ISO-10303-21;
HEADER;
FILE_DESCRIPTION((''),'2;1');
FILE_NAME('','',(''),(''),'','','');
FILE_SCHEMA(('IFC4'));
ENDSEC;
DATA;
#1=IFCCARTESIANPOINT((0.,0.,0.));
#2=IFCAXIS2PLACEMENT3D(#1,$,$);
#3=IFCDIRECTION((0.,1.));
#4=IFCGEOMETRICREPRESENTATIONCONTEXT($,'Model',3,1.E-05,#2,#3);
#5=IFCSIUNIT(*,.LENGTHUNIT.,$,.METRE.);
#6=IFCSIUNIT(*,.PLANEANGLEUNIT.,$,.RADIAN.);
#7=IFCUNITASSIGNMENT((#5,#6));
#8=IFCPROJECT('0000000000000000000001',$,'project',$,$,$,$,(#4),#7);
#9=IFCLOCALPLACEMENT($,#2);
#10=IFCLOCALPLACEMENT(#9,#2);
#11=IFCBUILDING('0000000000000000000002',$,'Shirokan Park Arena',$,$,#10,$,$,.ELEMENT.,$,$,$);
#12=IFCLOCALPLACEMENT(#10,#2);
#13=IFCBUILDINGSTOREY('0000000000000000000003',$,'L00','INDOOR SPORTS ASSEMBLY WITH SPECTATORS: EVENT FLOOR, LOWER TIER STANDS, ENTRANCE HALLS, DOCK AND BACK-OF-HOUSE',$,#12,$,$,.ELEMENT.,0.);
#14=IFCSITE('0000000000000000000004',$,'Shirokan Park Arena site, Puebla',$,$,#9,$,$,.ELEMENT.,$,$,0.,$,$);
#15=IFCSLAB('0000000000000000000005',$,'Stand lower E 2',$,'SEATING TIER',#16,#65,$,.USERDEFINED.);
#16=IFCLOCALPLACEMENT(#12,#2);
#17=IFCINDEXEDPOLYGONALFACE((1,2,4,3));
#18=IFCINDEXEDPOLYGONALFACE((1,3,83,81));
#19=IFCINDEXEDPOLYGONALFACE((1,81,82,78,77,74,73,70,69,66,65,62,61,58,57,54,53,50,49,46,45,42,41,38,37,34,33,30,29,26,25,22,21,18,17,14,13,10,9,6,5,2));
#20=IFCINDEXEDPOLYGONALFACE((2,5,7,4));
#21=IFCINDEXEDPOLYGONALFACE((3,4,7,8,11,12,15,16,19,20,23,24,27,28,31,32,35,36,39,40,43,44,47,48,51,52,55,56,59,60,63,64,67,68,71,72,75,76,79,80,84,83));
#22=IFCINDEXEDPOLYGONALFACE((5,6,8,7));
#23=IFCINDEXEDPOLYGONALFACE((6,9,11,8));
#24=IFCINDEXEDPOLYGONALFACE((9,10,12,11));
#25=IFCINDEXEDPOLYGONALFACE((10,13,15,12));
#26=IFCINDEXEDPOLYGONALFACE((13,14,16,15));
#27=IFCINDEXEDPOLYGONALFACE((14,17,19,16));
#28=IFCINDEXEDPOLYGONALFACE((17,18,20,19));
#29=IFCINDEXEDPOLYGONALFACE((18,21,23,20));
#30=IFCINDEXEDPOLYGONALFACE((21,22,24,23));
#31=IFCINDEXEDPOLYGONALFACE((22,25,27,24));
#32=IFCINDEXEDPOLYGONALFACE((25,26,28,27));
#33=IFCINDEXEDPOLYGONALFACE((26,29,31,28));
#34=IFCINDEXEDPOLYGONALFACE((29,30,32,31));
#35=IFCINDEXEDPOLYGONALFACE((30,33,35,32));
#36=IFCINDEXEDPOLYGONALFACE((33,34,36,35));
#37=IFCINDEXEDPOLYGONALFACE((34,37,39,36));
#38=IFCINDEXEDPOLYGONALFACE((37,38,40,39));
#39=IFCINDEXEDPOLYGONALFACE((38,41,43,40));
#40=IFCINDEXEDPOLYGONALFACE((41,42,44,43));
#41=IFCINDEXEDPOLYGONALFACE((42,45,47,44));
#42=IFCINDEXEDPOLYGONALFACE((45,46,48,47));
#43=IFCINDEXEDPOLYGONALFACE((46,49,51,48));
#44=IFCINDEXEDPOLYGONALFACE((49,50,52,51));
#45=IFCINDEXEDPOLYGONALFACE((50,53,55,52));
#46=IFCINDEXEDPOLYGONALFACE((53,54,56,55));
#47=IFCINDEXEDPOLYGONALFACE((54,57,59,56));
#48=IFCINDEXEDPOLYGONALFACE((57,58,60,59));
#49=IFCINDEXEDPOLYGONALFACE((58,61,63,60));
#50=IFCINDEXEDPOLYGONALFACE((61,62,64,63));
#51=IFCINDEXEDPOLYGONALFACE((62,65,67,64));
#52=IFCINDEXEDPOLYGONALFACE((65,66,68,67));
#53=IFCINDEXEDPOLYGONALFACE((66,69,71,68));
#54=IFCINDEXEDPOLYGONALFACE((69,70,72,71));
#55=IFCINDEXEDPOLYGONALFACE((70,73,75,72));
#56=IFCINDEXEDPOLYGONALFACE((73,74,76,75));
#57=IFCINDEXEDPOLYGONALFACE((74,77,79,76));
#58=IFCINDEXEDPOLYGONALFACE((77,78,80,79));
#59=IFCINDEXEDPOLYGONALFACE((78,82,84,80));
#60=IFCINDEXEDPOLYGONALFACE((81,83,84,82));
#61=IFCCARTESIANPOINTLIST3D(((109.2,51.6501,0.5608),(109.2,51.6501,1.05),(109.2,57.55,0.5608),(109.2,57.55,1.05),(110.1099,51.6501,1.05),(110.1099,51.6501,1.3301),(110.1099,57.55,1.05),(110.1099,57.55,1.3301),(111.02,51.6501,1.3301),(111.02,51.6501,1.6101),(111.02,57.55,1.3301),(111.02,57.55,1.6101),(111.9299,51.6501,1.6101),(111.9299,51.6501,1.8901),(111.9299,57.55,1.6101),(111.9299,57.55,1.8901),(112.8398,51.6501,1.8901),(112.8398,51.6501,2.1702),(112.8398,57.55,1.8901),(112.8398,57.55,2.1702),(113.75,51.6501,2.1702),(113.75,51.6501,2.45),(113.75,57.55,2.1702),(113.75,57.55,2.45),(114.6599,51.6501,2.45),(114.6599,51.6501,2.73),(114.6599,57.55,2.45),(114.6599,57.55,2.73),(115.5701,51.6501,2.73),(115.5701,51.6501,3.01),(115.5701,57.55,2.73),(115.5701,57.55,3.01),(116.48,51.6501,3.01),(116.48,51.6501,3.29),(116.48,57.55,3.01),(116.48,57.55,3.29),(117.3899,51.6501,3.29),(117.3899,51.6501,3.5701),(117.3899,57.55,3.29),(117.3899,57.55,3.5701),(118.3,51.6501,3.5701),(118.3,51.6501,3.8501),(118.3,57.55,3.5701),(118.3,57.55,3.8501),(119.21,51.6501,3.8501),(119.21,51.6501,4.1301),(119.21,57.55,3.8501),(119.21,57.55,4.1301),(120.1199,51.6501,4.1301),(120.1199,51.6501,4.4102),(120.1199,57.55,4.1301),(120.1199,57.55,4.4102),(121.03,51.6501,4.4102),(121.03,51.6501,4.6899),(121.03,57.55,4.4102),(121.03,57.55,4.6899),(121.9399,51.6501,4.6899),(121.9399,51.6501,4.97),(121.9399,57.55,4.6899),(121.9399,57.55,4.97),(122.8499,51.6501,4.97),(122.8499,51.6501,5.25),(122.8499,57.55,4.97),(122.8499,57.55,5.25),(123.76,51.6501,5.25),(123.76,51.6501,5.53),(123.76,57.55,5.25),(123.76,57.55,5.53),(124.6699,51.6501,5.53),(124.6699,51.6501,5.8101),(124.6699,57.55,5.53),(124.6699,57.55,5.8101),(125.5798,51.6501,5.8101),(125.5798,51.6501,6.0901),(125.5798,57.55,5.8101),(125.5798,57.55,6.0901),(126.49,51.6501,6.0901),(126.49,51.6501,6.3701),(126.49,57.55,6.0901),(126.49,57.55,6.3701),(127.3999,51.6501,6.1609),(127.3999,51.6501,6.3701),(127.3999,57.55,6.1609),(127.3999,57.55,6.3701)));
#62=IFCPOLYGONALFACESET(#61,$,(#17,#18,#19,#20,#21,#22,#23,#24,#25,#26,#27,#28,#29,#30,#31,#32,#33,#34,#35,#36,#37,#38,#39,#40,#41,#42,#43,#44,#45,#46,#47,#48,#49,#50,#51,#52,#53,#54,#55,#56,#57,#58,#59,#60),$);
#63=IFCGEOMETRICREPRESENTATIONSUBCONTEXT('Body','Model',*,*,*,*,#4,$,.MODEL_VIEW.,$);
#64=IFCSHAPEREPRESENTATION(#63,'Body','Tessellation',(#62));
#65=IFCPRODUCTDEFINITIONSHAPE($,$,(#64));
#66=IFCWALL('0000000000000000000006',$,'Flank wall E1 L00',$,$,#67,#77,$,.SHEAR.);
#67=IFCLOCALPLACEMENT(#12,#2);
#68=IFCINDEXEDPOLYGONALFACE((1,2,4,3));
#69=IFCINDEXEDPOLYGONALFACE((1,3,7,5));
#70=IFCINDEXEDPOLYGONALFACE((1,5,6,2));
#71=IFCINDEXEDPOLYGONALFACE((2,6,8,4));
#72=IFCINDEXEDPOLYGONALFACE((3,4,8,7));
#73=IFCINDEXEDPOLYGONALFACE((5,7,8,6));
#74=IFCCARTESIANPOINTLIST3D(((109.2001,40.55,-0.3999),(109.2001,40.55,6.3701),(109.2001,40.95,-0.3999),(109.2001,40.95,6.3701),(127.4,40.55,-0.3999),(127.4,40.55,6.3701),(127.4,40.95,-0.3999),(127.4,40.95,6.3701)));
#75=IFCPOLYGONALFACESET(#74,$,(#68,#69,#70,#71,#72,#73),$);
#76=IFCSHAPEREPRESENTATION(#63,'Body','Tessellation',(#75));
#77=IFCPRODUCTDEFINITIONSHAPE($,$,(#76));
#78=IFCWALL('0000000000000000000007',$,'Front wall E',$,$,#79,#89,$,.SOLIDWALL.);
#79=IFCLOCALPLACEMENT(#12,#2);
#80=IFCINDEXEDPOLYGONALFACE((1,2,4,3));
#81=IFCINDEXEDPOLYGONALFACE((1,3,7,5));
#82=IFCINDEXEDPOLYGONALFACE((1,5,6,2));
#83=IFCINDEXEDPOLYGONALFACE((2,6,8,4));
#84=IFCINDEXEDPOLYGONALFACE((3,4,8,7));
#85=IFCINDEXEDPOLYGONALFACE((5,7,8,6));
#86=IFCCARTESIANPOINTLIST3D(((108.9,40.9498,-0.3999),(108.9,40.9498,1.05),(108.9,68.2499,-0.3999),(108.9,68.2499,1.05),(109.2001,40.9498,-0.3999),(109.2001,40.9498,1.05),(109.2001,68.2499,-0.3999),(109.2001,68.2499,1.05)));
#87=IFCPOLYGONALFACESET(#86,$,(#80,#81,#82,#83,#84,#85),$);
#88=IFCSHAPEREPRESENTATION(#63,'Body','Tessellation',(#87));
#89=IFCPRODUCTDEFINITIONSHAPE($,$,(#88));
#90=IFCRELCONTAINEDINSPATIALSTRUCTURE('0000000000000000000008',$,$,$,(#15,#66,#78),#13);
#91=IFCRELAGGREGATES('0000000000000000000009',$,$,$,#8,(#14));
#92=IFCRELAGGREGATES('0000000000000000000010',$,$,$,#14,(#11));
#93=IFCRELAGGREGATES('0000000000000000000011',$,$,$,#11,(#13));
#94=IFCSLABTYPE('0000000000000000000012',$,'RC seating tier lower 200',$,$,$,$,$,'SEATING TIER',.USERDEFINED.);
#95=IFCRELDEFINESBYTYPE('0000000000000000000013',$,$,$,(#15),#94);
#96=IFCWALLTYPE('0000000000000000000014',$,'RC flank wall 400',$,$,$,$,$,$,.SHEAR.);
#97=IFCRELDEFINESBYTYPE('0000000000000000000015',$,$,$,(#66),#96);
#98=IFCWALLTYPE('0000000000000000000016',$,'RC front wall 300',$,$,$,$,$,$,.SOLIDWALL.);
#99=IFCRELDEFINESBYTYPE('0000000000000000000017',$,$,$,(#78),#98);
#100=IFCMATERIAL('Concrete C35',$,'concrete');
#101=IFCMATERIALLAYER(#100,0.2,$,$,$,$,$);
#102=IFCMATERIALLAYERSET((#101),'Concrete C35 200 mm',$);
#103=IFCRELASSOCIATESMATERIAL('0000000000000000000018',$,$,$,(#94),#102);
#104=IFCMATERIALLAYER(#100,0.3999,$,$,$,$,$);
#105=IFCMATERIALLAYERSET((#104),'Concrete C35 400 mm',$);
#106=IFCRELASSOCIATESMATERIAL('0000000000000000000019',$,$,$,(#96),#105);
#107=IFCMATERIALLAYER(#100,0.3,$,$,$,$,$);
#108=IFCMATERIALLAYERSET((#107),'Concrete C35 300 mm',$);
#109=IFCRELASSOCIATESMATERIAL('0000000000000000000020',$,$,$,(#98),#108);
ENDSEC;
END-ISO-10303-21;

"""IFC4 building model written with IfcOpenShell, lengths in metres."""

from ifc_helpers import new_model, si_unit, direction, frame, frame_2d, origin, place, context, subcontext, project, spatial, polyline, rectangle, outline, extrude, material, layer, layer_set, type_object, element, save


model = new_model("IFC4")

# Units and contexts
model_context = context("Model", 3, precision=1e-05, world=origin(), true_north=direction((0.0, 1.0)))
body_context = subcontext(model_context, "Body", "Model", "MODEL_VIEW")
ifc_project = project(units=[si_unit("LENGTHUNIT", "METRE"), si_unit("PLANEANGLEUNIT", "RADIAN")], contexts=[model_context])

# Site, building, storey
site_placement = place(None, origin())
site = spatial("IfcSite", under=ifc_project, at=site_placement, Name="Shirokan Park Arena site, Puebla", CompositionType="ELEMENT", RefElevation=0.0)
building_placement = place(site_placement, origin())
building = spatial("IfcBuilding", under=site, at=building_placement, Name="Shirokan Park Arena", CompositionType="ELEMENT")
storey_placement = place(building_placement, origin())
storey = spatial("IfcBuildingStorey", under=building, at=storey_placement, Name="L00", Description="INDOOR SPORTS ASSEMBLY WITH SPECTATORS: EVENT FLOOR, LOWER TIER STANDS, ENTRANCE HALLS, DOCK AND BACK-OF-HOUSE", CompositionType="ELEMENT", Elevation=0.0)

# Shared definitions
ifc_material_1 = material(Name="Concrete C35", Category="concrete")

# Slab
ifc_layer_1 = layer(ifc_material_1, 0.2)
ifc_layer_set_1 = layer_set([ifc_layer_1], Name="Concrete C35 200 mm")
slab_type = type_object("IfcSlabType", Name="RC seating tier lower 200", ElementType="SEATING TIER", PredefinedType="USERDEFINED", material=ifc_layer_set_1)
slab_1_placement = place(storey_placement, frame((109.2, 54.6001, 1.05), z_axis=(0.0, 0.0, 1.0), x_axis=(1.0, 0.0, 0.0)))
element("IfcSlab", 1, at=slab_1_placement, inside=storey, type_object=slab_type, Name="Stand lower E 2", ObjectType="SEATING TIER", PredefinedType="USERDEFINED", context=body_context, shape_type="SweptSolid", body=[
    extrude(outline(polyline([(0.0, 0.0), (0.9099, 0.0), (0.9099, 0.28), (1.8201, 0.28), (1.8201, 0.5601), (2.73, 0.5601), (2.73, 0.8401), (3.6399, 0.8401), (3.6399, 1.1201), (4.55, 1.1201), (4.55, 1.3999), (5.46, 1.3999), (5.46, 1.6799), (6.3701, 1.6799), (6.3701, 1.96), (7.28, 1.96), (7.28, 2.24), (8.1899, 2.24), (8.1899, 2.52), (9.1001, 2.52), (9.1001, 2.8), (10.01, 2.8), (10.01, 3.0801), (10.9199, 3.0801), (10.9199, 3.3601), (11.8301, 3.3601), (11.8301, 3.6399), (12.74, 3.6399), (12.74, 3.9199), (13.6499, 3.9199), (13.6499, 4.2), (14.5601, 4.2), (14.5601, 4.48), (15.47, 4.48), (15.47, 4.76), (16.3799, 4.76), (16.3799, 5.04), (17.29, 5.04), (17.29, 5.3201), (18.2, 5.3201), (18.2, 5.1108), (0.0, -0.4893), (0.0, 0.0)])), frame((0.0, 2.95, 0.0), z_axis=(0.0, -1.0, 0.0), x_axis=(1.0, 0.0, 0.0)), (0.0, 0.0, 1.0), 5.8999),
])

# Walls
ifc_layer_2 = layer(ifc_material_1, 0.3999)
ifc_layer_set_2 = layer_set([ifc_layer_2], Name="Concrete C35 400 mm")
wall_type_1 = type_object("IfcWallType", Name="RC flank wall 400", PredefinedType="SHEAR", material=ifc_layer_set_2)
wall_1_placement = place(storey_placement, frame((109.2, 40.75, -0.3999), z_axis=(0.0, 0.0, 1.0), x_axis=(1.0, 0.0, 0.0)))
element("IfcWall", 2, at=wall_1_placement, inside=storey, type_object=wall_type_1, Name="Flank wall E1 L00", PredefinedType="SHEAR", context=body_context, shape_type="SweptSolid", body=[
    extrude(rectangle(XDim=18.2, YDim=0.3999, at=frame_2d((9.1001, 0.0))), origin(), (0.0, 0.0, 1.0), 6.77),
])
ifc_layer_3 = layer(ifc_material_1, 0.3)
ifc_layer_set_3 = layer_set([ifc_layer_3], Name="Concrete C35 300 mm")
wall_type_2 = type_object("IfcWallType", Name="RC front wall 300", PredefinedType="SOLIDWALL", material=ifc_layer_set_3)
wall_2_placement = place(storey_placement, frame((109.05, 40.95, -0.3999), z_axis=(0.0, 0.0, 1.0), x_axis=(0.0, 1.0, 0.0)))
element("IfcWall", 3, at=wall_2_placement, inside=storey, type_object=wall_type_2, Name="Front wall E", PredefinedType="SOLIDWALL", context=body_context, shape_type="SweptSolid", body=[
    extrude(rectangle(XDim=27.3, YDim=0.3, at=frame_2d((13.6499, 0.0))), origin(), (0.0, 0.0, 1.0), 1.45),
])

save(model, "model.ifc")
